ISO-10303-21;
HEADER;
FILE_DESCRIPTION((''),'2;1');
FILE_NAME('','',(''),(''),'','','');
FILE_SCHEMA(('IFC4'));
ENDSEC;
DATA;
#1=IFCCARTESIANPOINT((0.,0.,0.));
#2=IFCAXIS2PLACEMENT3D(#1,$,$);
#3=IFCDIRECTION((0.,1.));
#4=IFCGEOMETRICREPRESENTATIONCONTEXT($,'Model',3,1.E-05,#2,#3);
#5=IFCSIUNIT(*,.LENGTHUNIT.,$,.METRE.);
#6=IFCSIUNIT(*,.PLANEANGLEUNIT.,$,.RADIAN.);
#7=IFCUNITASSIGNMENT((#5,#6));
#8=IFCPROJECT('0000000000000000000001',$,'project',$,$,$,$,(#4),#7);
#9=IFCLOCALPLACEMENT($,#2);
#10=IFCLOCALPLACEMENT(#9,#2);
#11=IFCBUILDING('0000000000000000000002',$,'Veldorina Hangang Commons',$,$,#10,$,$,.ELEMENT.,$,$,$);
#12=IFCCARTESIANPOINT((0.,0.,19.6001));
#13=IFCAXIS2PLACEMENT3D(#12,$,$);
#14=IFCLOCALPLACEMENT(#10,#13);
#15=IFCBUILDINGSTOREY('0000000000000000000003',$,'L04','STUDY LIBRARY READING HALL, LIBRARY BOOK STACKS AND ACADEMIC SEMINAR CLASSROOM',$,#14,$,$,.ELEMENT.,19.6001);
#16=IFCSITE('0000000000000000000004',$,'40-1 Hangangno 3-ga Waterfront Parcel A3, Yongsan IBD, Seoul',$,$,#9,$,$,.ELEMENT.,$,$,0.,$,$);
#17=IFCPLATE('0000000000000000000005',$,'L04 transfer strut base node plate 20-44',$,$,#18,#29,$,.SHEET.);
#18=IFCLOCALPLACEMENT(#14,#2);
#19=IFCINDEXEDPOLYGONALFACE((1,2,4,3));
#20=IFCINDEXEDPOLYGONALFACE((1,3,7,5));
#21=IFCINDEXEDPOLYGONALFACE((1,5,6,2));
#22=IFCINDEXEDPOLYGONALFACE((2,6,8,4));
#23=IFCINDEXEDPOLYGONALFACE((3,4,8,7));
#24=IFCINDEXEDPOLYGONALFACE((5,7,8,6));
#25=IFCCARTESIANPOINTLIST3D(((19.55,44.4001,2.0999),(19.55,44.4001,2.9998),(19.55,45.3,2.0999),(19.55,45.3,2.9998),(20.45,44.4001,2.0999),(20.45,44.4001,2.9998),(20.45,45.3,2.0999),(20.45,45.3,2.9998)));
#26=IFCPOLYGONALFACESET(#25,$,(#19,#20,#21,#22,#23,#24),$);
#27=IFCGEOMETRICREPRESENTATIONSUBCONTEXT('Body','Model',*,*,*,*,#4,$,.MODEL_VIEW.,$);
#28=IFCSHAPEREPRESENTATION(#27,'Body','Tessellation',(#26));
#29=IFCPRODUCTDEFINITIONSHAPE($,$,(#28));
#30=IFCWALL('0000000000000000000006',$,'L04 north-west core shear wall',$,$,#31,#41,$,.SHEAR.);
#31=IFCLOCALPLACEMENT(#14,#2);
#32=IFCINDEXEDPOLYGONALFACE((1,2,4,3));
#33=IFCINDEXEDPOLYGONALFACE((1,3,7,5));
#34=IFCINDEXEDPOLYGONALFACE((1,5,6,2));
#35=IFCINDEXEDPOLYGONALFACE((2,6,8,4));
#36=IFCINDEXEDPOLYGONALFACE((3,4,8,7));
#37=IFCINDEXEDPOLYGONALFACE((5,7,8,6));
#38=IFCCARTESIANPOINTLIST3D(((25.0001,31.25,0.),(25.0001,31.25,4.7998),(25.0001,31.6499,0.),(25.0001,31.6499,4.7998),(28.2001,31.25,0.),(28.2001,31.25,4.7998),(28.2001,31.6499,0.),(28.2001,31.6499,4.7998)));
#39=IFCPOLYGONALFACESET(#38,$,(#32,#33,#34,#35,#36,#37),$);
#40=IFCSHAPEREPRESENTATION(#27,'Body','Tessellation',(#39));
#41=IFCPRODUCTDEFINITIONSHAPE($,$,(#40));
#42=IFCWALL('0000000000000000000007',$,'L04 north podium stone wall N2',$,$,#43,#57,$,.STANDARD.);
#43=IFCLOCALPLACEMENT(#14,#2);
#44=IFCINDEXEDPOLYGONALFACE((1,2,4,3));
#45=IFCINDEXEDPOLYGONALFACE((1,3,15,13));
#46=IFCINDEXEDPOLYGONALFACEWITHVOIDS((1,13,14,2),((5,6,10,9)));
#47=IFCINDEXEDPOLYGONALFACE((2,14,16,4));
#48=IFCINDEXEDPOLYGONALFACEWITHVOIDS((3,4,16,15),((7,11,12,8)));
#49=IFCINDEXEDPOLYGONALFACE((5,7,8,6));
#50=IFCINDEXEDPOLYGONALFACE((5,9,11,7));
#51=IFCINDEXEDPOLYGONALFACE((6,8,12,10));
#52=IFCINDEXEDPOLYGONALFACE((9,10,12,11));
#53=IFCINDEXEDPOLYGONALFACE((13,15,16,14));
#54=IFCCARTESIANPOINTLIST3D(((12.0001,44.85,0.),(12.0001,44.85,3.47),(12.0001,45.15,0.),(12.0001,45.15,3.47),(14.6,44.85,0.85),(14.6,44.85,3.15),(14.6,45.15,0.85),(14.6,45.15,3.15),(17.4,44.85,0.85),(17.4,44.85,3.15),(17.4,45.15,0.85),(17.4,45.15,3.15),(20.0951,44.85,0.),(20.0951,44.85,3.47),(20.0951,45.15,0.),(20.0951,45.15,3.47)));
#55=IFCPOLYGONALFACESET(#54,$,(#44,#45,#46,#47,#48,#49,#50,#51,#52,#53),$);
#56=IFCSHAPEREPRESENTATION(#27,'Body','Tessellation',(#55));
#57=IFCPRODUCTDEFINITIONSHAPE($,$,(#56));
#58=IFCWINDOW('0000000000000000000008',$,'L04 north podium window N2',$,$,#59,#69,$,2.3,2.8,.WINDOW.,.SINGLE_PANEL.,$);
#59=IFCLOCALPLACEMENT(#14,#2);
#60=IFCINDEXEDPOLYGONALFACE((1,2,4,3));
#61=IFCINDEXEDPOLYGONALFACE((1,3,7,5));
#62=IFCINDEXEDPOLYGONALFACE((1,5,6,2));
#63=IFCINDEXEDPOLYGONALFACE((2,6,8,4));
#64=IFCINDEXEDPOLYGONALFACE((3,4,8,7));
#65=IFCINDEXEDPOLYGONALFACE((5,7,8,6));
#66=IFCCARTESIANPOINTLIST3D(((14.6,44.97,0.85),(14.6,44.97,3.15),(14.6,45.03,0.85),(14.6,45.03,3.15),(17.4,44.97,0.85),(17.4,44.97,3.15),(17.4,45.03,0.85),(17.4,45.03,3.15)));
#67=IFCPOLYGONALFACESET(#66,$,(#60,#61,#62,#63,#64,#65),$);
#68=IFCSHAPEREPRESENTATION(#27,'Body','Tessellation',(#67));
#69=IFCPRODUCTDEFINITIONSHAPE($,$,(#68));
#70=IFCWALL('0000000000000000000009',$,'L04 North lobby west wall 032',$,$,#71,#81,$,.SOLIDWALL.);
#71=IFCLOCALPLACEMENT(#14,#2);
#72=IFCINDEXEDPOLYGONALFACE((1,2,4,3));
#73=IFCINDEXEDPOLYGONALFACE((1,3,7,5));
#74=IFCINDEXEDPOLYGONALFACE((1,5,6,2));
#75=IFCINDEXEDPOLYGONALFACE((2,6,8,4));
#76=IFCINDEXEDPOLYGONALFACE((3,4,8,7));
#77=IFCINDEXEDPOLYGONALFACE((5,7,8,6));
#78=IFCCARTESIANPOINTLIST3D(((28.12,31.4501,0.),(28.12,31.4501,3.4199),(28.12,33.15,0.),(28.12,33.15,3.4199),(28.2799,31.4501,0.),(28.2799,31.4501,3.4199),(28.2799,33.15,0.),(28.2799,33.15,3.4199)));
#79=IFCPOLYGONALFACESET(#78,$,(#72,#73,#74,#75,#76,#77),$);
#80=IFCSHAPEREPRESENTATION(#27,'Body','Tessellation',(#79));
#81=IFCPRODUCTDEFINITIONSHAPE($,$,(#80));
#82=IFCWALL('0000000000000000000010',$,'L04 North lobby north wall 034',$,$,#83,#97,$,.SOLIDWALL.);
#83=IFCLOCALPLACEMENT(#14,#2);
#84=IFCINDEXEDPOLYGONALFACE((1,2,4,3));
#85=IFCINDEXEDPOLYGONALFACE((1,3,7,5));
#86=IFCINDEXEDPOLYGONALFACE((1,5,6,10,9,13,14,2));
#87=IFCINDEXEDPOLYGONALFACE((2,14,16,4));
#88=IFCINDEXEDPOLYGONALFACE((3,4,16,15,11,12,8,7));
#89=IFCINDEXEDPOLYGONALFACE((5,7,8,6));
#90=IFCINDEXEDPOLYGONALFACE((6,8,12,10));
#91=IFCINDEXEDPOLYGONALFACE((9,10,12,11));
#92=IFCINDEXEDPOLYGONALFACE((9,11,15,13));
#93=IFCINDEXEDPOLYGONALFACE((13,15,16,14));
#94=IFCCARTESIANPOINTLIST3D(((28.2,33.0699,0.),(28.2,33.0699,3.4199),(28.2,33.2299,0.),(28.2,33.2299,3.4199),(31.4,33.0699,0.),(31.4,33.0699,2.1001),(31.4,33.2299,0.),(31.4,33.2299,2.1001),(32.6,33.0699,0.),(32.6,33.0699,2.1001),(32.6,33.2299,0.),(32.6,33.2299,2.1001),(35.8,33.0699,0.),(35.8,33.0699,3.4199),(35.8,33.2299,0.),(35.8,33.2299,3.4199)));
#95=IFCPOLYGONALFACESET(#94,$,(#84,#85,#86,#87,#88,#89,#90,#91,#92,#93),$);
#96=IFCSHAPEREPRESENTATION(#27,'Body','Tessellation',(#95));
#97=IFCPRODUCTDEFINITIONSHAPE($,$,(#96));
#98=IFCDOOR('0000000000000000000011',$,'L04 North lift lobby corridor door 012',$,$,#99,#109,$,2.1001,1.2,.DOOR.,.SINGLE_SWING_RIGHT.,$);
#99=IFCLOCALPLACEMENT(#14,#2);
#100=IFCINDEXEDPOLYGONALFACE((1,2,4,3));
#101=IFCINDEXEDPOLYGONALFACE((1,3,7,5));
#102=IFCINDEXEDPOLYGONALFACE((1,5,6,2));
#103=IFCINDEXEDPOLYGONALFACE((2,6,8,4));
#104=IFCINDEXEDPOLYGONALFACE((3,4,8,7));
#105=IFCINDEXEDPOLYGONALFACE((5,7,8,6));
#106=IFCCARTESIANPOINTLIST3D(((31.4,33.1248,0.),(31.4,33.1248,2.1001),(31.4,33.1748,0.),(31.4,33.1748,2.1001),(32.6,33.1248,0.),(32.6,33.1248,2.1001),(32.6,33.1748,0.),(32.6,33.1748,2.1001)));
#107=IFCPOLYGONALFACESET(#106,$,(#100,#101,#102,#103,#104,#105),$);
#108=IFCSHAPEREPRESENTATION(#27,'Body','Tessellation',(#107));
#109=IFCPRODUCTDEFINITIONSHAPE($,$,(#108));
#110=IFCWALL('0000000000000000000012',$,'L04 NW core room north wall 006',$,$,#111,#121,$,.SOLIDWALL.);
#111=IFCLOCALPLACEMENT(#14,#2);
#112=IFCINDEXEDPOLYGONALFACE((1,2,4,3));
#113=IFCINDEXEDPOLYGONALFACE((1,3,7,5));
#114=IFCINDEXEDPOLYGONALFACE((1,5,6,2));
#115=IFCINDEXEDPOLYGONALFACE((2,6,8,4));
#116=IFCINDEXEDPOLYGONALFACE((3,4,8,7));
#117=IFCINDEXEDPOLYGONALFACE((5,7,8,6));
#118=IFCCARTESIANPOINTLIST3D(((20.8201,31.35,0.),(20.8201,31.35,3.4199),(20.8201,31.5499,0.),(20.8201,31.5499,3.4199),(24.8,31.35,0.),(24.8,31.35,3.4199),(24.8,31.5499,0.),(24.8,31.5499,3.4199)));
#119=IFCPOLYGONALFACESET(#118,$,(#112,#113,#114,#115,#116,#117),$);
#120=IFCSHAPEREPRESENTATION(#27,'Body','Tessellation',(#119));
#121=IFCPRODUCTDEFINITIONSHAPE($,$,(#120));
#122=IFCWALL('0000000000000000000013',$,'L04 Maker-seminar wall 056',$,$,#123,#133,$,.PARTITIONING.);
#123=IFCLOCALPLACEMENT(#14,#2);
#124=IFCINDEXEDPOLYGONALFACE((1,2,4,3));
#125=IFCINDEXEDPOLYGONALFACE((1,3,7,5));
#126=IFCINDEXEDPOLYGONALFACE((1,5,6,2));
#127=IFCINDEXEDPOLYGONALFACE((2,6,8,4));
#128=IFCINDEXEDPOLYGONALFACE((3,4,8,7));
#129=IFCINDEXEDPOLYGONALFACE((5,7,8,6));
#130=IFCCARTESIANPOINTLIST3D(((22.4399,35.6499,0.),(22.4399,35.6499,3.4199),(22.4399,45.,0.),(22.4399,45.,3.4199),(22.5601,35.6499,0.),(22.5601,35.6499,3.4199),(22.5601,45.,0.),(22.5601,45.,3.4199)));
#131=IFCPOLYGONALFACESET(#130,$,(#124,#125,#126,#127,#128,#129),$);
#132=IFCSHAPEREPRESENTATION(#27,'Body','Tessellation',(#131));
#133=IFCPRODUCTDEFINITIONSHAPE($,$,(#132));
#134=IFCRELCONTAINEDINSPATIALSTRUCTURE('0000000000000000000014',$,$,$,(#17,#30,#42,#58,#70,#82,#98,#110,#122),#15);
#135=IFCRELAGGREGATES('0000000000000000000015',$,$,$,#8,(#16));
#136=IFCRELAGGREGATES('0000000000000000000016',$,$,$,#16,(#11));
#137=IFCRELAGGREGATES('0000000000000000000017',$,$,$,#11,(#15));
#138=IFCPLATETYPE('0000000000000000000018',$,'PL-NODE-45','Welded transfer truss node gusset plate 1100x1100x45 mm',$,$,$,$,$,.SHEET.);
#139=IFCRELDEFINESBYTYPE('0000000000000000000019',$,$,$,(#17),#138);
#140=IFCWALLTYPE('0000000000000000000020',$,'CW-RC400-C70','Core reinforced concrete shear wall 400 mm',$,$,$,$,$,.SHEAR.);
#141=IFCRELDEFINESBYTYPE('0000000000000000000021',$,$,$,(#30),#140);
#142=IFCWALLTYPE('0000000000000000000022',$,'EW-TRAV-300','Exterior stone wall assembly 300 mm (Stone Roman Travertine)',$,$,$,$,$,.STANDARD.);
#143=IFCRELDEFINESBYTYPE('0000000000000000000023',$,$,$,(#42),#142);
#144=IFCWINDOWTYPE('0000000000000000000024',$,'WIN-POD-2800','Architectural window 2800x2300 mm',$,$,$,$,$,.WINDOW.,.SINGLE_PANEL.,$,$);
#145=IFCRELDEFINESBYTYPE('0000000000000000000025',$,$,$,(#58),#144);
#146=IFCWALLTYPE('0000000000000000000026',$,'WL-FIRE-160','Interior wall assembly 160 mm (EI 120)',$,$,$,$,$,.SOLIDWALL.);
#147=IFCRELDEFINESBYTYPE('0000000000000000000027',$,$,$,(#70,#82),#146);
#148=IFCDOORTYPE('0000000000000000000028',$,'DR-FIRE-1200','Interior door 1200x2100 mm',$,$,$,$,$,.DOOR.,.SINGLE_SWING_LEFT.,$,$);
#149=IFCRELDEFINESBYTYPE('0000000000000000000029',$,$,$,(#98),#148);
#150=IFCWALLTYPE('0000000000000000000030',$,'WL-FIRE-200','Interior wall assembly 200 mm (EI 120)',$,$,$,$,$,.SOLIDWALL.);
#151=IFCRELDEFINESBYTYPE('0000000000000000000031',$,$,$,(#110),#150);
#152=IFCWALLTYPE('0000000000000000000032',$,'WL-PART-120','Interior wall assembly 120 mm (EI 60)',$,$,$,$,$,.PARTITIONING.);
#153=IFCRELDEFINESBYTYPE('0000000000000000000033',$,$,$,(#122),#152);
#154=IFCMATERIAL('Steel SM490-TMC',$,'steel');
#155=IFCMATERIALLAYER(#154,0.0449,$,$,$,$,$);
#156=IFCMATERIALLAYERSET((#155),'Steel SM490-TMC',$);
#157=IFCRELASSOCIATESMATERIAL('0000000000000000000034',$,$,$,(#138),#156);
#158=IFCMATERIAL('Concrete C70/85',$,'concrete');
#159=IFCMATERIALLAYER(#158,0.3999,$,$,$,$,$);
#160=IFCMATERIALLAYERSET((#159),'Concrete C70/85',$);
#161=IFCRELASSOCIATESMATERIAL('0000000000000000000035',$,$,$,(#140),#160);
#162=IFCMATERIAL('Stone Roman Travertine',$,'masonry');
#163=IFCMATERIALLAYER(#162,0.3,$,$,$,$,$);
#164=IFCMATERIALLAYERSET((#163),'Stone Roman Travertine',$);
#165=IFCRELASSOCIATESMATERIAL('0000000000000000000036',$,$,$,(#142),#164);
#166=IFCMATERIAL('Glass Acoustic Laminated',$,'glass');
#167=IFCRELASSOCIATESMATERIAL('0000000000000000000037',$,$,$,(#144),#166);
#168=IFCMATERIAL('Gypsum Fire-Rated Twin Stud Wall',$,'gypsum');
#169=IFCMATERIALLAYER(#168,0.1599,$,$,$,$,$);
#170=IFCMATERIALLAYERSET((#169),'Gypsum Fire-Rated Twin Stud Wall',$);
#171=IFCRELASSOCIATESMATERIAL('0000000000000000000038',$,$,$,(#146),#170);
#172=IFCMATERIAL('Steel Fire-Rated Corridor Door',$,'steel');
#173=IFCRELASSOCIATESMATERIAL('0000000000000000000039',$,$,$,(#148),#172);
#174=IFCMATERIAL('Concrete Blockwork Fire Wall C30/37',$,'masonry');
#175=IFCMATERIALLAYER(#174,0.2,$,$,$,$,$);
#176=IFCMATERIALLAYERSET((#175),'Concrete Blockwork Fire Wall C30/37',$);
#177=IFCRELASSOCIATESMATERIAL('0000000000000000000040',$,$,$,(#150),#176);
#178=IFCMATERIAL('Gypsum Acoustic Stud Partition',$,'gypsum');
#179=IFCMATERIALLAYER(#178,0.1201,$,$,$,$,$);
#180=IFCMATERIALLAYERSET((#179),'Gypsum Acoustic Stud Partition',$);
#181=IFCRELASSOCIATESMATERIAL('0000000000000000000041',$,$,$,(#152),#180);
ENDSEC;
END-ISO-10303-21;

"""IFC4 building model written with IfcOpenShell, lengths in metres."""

from ifc_helpers import new_model, si_unit, direction, frame, frame_2d, origin, origin_2d, place, context, subcontext, project, spatial, rectangle, extrude, material, layer, layer_set, type_object, element, fill, save


model = new_model("IFC4")

# Units and contexts
model_context = context("Model", 3, precision=1e-05, world=origin(), true_north=direction((0.0, 1.0)))
body_context = subcontext(model_context, "Body", "Model", "MODEL_VIEW")
ifc_project = project(units=[si_unit("LENGTHUNIT", "METRE"), si_unit("PLANEANGLEUNIT", "RADIAN")], contexts=[model_context])

# Site, building, storey
site_placement = place(None, origin())
site = spatial("IfcSite", under=ifc_project, at=site_placement, Name="40-1 Hangangno 3-ga Waterfront Parcel A3, Yongsan IBD, Seoul", CompositionType="ELEMENT", RefElevation=0.0)
building_placement = place(site_placement, origin())
building = spatial("IfcBuilding", under=site, at=building_placement, Name="Veldorina Hangang Commons", CompositionType="ELEMENT")
storey_placement = place(building_placement, frame((0.0, 0.0, 19.6001)))
storey = spatial("IfcBuildingStorey", under=building, at=storey_placement, Name="L04", Description="STUDY LIBRARY READING HALL, LIBRARY BOOK STACKS AND ACADEMIC SEMINAR CLASSROOM", CompositionType="ELEMENT", Elevation=19.6001)

# Shared definitions
ifc_material_1 = material(Name="Concrete C70/85", Category="concrete")

# Shared definitions
ifc_material_2 = material(Name="Stone Roman Travertine", Category="masonry")

# Plate
ifc_material_3 = material(Name="Steel SM490-TMC", Category="steel")
ifc_layer_1 = layer(ifc_material_3, 0.0449)
ifc_layer_set_1 = layer_set([ifc_layer_1], Name="Steel SM490-TMC")
plate_type_1 = type_object("IfcPlateType", Name="PL-NODE-45", Description="Welded transfer truss node gusset plate 1100x1100x45 mm", PredefinedType="SHEET", material=ifc_layer_set_1)
plate_1_placement = place(storey_placement, frame((20.0, 44.8501, 2.0999), z_axis=(0.0, 0.0, 1.0), x_axis=(1.0, 0.0, 0.0)))
element("IfcPlate", 1, at=plate_1_placement, inside=storey, type_object=plate_type_1, Name="L04 transfer strut base node plate 20-44", PredefinedType="SHEET", context=body_context, shape_type="SweptSolid", body=[
    extrude(rectangle(XDim=0.8999, YDim=0.8999, at=origin_2d()), origin(), (0.0, 0.0, 1.0), 0.8999),
])

# Wall
ifc_layer_2 = layer(ifc_material_1, 0.3999)
ifc_layer_set_2 = layer_set([ifc_layer_2], Name="Concrete C70/85")
wall_type_1 = type_object("IfcWallType", Name="CW-RC400-C70", Description="Core reinforced concrete shear wall 400 mm", PredefinedType="SHEAR", material=ifc_layer_set_2)
wall_1_placement = place(storey_placement, frame((25.0, 31.45, 0.0), z_axis=(0.0, 0.0, 1.0), x_axis=(1.0, 0.0, 0.0)))
element("IfcWall", 2, at=wall_1_placement, inside=storey, type_object=wall_type_1, Name="L04 north-west core shear wall", PredefinedType="SHEAR", context=body_context, shape_type="SweptSolid", body=[
    extrude(rectangle(XDim=3.2, YDim=0.3999, at=frame_2d((1.6001, 0.0))), origin(), (0.0, 0.0, 1.0), 4.7998),
])

# Wall, opening, window
ifc_layer_3 = layer(ifc_material_2, 0.3)
ifc_layer_set_3 = layer_set([ifc_layer_3], Name="Stone Roman Travertine")
wall_type_2 = type_object("IfcWallType", Name="EW-TRAV-300", Description="Exterior stone wall assembly 300 mm (Stone Roman Travertine)", PredefinedType="STANDARD", material=ifc_layer_set_3)
wall_2_placement = place(storey_placement, frame((20.095, 45.0, 0.0), z_axis=(0.0, 0.0, 1.0), x_axis=(-1.0, 0.0, 0.0)))
wall_2 = element("IfcWall", 3, at=wall_2_placement, inside=storey, type_object=wall_type_2, Name="L04 north podium stone wall N2", PredefinedType="STANDARD", context=body_context, shape_type="SweptSolid", body=[
    extrude(rectangle(XDim=8.095, YDim=0.3, at=frame_2d((4.0474, 0.0))), origin(), (0.0, 0.0, 1.0), 3.47),
])
opening_1_placement = place(wall_2_placement, frame((2.6951, 0.0, 0.8501)))
opening_1 = element("IfcOpeningElement", 4, at=opening_1_placement, cuts=wall_2, PredefinedType="OPENING", context=body_context, shape_type="SweptSolid", body=[
    extrude(rectangle(XDim=2.8, YDim=2.3, at=frame_2d((1.3999, 1.1499))), frame((0.0, 0.1602, 0.0), z_axis=(0.0, -1.0, 0.0), x_axis=(1.0, 0.0, 0.0)), (0.0, 0.0, 1.0), 0.3201),
])
ifc_material_4 = material(Name="Glass Acoustic Laminated", Category="glass")
window_type = type_object("IfcWindowType", Name="WIN-POD-2800", Description="Architectural window 2800x2300 mm", PartitioningType="SINGLE_PANEL", PredefinedType="WINDOW", material=ifc_material_4)
window_placement = place(opening_1_placement, origin())
window = element("IfcWindow", 5, at=window_placement, inside=storey, type_object=window_type, Name="L04 north podium window N2", OverallHeight=2.3, OverallWidth=2.8, PartitioningType="SINGLE_PANEL", PredefinedType="WINDOW", context=body_context, shape_type="SweptSolid", body=[
    extrude(rectangle(XDim=2.8, YDim=2.3, at=frame_2d((1.3999, 1.1499))), frame((0.0, 0.03, 0.0), z_axis=(0.0, -1.0, 0.0), x_axis=(1.0, 0.0, 0.0)), (0.0, 0.0, 1.0), 0.0601),
])
fill(opening_1, window)

# Shared definitions
ifc_material_5 = material(Name="Gypsum Fire-Rated Twin Stud Wall", Category="gypsum")
ifc_layer_4 = layer(ifc_material_5, 0.1599)
ifc_layer_set_4 = layer_set([ifc_layer_4], Name="Gypsum Fire-Rated Twin Stud Wall")
wall_type_3 = type_object("IfcWallType", Name="WL-FIRE-160", Description="Interior wall assembly 160 mm (EI 120)", PredefinedType="SOLIDWALL", material=ifc_layer_set_4)

# Wall
wall_3_placement = place(storey_placement, frame((28.2, 31.45, 0.0), z_axis=(0.0, 0.0, 1.0), x_axis=(0.0, 1.0, 0.0)))
element("IfcWall", 6, at=wall_3_placement, inside=storey, type_object=wall_type_3, Name="L04 North lobby west wall 032", PredefinedType="SOLIDWALL", context=body_context, shape_type="SweptSolid", body=[
    extrude(rectangle(XDim=1.7, YDim=0.1599, at=frame_2d((0.8501, 0.0))), origin(), (0.0, 0.0, 1.0), 3.4199),
])

# Wall, opening, door
wall_4_placement = place(storey_placement, frame((28.2, 33.1499, 0.0), z_axis=(0.0, 0.0, 1.0), x_axis=(1.0, 0.0, 0.0)))
wall_4 = element("IfcWall", 7, at=wall_4_placement, inside=storey, type_object=wall_type_3, Name="L04 North lobby north wall 034", PredefinedType="SOLIDWALL", context=body_context, shape_type="SweptSolid", body=[
    extrude(rectangle(XDim=7.6001, YDim=0.1599, at=frame_2d((3.8, 0.0))), origin(), (0.0, 0.0, 1.0), 3.4199),
])
opening_2_placement = place(wall_4_placement, frame((3.2, 0.0, 0.0)))
opening_2 = element("IfcOpeningElement", 8, at=opening_2_placement, cuts=wall_4, PredefinedType="OPENING", context=body_context, shape_type="SweptSolid", body=[
    extrude(rectangle(XDim=1.2, YDim=2.1001, at=frame_2d((0.6001, 1.05))), frame((0.0, 0.0898, 0.0), z_axis=(0.0, -1.0, 0.0), x_axis=(1.0, 0.0, 0.0)), (0.0, 0.0, 1.0), 0.1799),
])
ifc_material_6 = material(Name="Steel Fire-Rated Corridor Door", Category="steel")
door_type_1 = type_object("IfcDoorType", Name="DR-FIRE-1200", Description="Interior door 1200x2100 mm", OperationType="SINGLE_SWING_LEFT", PredefinedType="DOOR", material=ifc_material_6)
door_1_placement = place(opening_2_placement, origin())
door_1 = element("IfcDoor", 9, at=door_1_placement, inside=storey, type_object=door_type_1, Name="L04 North lift lobby corridor door 012", OperationType="SINGLE_SWING_RIGHT", OverallHeight=2.1001, OverallWidth=1.2, PredefinedType="DOOR", context=body_context, shape_type="SweptSolid", body=[
    extrude(rectangle(XDim=1.2, YDim=2.1001, at=frame_2d((0.6001, 1.05))), frame((0.0, 0.0249, 0.0), z_axis=(0.0, -1.0, 0.0), x_axis=(1.0, 0.0, 0.0)), (0.0, 0.0, 1.0), 0.05),
])
fill(opening_2, door_1)

# Walls
ifc_material_7 = material(Name="Concrete Blockwork Fire Wall C30/37", Category="masonry")
ifc_layer_5 = layer(ifc_material_7, 0.2)
ifc_layer_set_5 = layer_set([ifc_layer_5], Name="Concrete Blockwork Fire Wall C30/37")
wall_type_4 = type_object("IfcWallType", Name="WL-FIRE-200", Description="Interior wall assembly 200 mm (EI 120)", PredefinedType="SOLIDWALL", material=ifc_layer_set_5)
wall_5_placement = place(storey_placement, frame((20.8201, 31.45, 0.0), z_axis=(0.0, 0.0, 1.0), x_axis=(1.0, 0.0, 0.0)))
element("IfcWall", 10, at=wall_5_placement, inside=storey, type_object=wall_type_4, Name="L04 NW core room north wall 006", PredefinedType="SOLIDWALL", context=body_context, shape_type="SweptSolid", body=[
    extrude(rectangle(XDim=3.98, YDim=0.2, at=frame_2d((1.99, 0.0))), origin(), (0.0, 0.0, 1.0), 3.4199),
])
ifc_material_8 = material(Name="Gypsum Acoustic Stud Partition", Category="gypsum")
ifc_layer_6 = layer(ifc_material_8, 0.1201)
ifc_layer_set_6 = layer_set([ifc_layer_6], Name="Gypsum Acoustic Stud Partition")
wall_type_5 = type_object("IfcWallType", Name="WL-PART-120", Description="Interior wall assembly 120 mm (EI 60)", PredefinedType="PARTITIONING", material=ifc_layer_set_6)
wall_6_placement = place(storey_placement, frame((22.5, 35.6499, 0.0), z_axis=(0.0, 0.0, 1.0), x_axis=(0.0, 1.0, 0.0)))
element("IfcWall", 11, at=wall_6_placement, inside=storey, type_object=wall_type_5, Name="L04 Maker-seminar wall 056", PredefinedType="PARTITIONING", context=body_context, shape_type="SweptSolid", body=[
    extrude(rectangle(XDim=9.3501, YDim=0.1201, at=frame_2d((4.675, 0.0))), origin(), (0.0, 0.0, 1.0), 3.4199),
])

save(model, "model.ifc")
